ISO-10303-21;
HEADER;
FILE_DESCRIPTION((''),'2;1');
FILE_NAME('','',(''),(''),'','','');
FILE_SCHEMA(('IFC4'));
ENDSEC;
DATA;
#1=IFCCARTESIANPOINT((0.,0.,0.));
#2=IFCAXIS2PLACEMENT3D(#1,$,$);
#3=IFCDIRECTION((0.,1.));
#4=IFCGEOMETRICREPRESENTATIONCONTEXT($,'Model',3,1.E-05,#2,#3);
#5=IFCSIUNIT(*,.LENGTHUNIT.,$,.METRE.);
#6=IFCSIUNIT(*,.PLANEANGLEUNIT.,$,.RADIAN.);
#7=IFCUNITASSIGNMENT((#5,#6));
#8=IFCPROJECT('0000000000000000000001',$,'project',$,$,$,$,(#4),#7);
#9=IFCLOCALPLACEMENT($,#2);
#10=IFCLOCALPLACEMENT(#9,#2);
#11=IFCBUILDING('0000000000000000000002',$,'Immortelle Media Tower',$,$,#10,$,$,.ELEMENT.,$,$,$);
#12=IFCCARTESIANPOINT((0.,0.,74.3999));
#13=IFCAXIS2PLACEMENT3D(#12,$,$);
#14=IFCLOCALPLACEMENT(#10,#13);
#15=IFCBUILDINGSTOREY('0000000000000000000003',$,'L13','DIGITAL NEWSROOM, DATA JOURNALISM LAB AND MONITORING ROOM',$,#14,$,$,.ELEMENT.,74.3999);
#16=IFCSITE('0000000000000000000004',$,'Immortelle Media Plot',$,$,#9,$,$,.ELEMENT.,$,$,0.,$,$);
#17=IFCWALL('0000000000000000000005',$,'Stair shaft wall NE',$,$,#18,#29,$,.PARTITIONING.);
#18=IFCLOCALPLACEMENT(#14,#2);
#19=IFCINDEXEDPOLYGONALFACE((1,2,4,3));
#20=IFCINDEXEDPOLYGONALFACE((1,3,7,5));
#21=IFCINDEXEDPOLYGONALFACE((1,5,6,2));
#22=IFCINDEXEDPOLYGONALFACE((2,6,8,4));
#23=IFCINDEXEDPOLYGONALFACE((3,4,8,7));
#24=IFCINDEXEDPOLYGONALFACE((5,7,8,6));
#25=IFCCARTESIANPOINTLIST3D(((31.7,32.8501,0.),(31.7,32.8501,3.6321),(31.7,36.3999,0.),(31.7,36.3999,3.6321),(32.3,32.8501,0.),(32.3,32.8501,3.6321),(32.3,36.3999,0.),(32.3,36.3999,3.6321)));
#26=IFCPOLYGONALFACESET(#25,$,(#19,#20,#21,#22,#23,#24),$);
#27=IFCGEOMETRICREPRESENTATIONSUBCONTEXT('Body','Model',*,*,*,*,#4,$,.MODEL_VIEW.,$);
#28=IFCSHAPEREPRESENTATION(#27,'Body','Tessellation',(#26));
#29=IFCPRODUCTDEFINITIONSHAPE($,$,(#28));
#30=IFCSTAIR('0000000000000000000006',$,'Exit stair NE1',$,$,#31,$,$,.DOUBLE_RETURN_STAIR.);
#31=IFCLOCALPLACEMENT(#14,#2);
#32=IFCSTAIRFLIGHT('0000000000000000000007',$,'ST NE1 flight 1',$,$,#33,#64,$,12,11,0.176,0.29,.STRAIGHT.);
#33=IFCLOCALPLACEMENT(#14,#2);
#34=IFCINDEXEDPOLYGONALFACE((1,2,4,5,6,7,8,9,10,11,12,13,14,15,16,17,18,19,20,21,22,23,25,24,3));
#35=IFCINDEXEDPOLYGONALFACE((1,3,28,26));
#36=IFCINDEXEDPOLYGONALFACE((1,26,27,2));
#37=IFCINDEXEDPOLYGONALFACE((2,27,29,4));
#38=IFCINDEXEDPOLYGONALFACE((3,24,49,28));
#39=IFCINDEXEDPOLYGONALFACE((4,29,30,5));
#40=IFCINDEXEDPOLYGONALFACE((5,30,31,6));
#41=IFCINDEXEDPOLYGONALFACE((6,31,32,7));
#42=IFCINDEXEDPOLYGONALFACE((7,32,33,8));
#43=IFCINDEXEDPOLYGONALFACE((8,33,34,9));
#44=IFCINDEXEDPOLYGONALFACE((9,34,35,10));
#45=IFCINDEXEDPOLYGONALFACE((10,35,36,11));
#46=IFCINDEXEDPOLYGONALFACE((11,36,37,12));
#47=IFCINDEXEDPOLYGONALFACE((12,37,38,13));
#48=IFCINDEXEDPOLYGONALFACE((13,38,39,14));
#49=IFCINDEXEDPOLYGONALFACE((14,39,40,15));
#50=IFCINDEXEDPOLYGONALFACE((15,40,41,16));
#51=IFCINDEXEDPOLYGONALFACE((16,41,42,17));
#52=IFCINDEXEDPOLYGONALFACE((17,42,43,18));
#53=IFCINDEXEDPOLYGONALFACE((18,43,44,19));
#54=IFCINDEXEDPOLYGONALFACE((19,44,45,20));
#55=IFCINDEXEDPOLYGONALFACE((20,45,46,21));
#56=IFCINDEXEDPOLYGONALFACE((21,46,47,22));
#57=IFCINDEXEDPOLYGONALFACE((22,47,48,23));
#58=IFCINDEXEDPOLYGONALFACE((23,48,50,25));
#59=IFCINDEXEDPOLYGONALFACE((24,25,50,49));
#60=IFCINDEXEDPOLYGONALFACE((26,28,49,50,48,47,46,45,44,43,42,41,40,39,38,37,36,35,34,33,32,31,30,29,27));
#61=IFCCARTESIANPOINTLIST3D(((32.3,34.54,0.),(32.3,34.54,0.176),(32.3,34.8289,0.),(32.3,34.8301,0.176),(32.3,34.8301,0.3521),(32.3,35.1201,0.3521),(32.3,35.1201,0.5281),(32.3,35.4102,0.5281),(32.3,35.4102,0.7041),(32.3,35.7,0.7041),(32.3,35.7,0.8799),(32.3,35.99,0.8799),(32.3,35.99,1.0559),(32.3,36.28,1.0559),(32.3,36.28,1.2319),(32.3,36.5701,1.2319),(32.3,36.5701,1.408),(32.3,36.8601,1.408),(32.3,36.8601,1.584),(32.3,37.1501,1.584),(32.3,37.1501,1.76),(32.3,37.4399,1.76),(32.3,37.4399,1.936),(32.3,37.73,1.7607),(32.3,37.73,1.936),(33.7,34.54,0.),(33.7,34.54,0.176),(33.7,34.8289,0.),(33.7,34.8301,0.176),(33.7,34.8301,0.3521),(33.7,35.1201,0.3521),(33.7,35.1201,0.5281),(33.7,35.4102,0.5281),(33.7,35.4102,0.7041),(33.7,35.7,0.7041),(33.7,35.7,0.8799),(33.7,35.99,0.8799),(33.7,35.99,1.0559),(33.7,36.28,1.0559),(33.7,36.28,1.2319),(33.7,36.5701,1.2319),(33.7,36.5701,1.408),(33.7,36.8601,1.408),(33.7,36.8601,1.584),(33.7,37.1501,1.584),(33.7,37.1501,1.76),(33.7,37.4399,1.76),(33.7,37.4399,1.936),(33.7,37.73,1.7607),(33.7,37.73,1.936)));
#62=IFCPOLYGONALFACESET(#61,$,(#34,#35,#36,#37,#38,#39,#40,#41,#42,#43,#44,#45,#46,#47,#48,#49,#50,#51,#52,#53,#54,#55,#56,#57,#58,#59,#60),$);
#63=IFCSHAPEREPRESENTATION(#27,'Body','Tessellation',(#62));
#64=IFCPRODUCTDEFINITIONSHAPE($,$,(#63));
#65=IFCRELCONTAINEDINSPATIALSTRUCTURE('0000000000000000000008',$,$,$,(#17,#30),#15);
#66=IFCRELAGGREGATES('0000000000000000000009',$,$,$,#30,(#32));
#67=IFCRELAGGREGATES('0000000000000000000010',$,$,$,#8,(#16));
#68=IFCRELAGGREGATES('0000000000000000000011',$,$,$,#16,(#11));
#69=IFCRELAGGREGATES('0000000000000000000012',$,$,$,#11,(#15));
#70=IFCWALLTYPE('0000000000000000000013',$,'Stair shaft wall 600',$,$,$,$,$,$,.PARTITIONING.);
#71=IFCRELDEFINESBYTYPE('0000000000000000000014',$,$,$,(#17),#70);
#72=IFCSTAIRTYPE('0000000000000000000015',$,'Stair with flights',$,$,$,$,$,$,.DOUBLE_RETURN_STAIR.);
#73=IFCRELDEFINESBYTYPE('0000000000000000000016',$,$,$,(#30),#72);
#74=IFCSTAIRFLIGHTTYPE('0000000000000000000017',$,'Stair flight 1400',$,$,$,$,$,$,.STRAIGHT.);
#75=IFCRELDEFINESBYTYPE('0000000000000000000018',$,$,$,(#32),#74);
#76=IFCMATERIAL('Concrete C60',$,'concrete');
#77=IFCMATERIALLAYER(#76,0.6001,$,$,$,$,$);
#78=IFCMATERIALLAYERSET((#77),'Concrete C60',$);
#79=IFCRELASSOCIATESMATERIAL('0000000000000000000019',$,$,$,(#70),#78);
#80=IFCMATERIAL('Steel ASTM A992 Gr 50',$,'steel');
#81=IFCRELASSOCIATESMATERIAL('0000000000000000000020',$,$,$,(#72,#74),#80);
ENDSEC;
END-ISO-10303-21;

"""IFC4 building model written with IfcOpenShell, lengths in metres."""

from ifc_helpers import new_model, si_unit, direction, frame, frame_2d, origin, place, context, subcontext, project, spatial, polyline, rectangle, outline, extrude, material, layer, layer_set, type_object, element, aggregate, save


model = new_model("IFC4")

# Units and contexts
model_context = context("Model", 3, precision=1e-05, world=origin(), true_north=direction((0.0, 1.0)))
body_context = subcontext(model_context, "Body", "Model", "MODEL_VIEW")
ifc_project = project(units=[si_unit("LENGTHUNIT", "METRE"), si_unit("PLANEANGLEUNIT", "RADIAN")], contexts=[model_context])

# Site, building, storey
site_placement = place(None, origin())
site = spatial("IfcSite", under=ifc_project, at=site_placement, Name="Immortelle Media Plot", CompositionType="ELEMENT", RefElevation=0.0)
building_placement = place(site_placement, origin())
building = spatial("IfcBuilding", under=site, at=building_placement, Name="Immortelle Media Tower", CompositionType="ELEMENT")
storey_placement = place(building_placement, frame((0.0, 0.0, 74.3999)))
storey = spatial("IfcBuildingStorey", under=building, at=storey_placement, Name="L13", Description="DIGITAL NEWSROOM, DATA JOURNALISM LAB AND MONITORING ROOM", CompositionType="ELEMENT", Elevation=74.3999)

# Shared definitions
ifc_material_1 = material(Name="Steel ASTM A992 Gr 50", Category="steel")

# Wall
ifc_material_2 = material(Name="Concrete C60", Category="concrete")
ifc_layer_1 = layer(ifc_material_2, 0.6001)
ifc_layer_set_1 = layer_set([ifc_layer_1], Name="Concrete C60")
wall_type_1 = type_object("IfcWallType", Name="Stair shaft wall 600", PredefinedType="PARTITIONING", material=ifc_layer_set_1)
wall_1_placement = place(storey_placement, frame((32.0, 32.8501, 0.0), z_axis=(0.0, 0.0, 1.0), x_axis=(0.0, 1.0, 0.0)))
element("IfcWall", 1, at=wall_1_placement, inside=storey, type_object=wall_type_1, Name="Stair shaft wall NE", PredefinedType="PARTITIONING", context=body_context, shape_type="SweptSolid", body=[
    extrude(rectangle(XDim=3.5498, YDim=0.6001, at=frame_2d((1.7749, 0.0))), origin(), (0.0, 0.0, 1.0), 3.6321),
])

# Stair, stair flight
stair_type = type_object("IfcStairType", Name="Stair with flights", PredefinedType="DOUBLE_RETURN_STAIR", material=ifc_material_1)
stair_placement = place(storey_placement, origin())
stair = element("IfcStair", 2, at=stair_placement, inside=storey, type_object=stair_type, Name="Exit stair NE1", PredefinedType="DOUBLE_RETURN_STAIR")
stair_flight_type = type_object("IfcStairFlightType", Name="Stair flight 1400", PredefinedType="STRAIGHT", material=ifc_material_1)
stair_flight_placement = place(storey_placement, frame((33.0, 34.54, 0.0), z_axis=(0.0, 0.0, 1.0), x_axis=(0.0, 1.0, 0.0)))
stair_flight = element("IfcStairFlight", 3, at=stair_flight_placement, type_object=stair_flight_type, Name="ST NE1 flight 1", NumberOfRisers=12, NumberOfTreads=11, PredefinedType="STRAIGHT", RiserHeight=0.176, TreadLength=0.29, context=body_context, shape_type="SweptSolid", body=[
    extrude(outline(polyline([(0.0, 0.0), (0.0, 0.176), (0.29, 0.176), (0.29, 0.3521), (0.5801, 0.3521), (0.5801, 0.5281), (0.8701, 0.5281), (0.8701, 0.7041), (1.1599, 0.7041), (1.1599, 0.8799), (1.45, 0.8799), (1.45, 1.0559), (1.74, 1.0559), (1.74, 1.2319), (2.03, 1.2319), (2.03, 1.408), (2.3201, 1.408), (2.3201, 1.584), (2.6101, 1.584), (2.6101, 1.76), (2.8999, 1.76), (2.8999, 1.936), (3.1899, 1.936), (3.1899, 2.1121), (3.1899, 1.7607), (0.2888, 0.0), (0.0, 0.0)])), frame((0.0, 0.7, 0.0), z_axis=(0.0, -1.0, 0.0), x_axis=(1.0, 0.0, 0.0)), (0.0, 0.0, 1.0), 1.3999),
])
aggregate(stair, [stair_flight])

save(model, "model.ifc")
